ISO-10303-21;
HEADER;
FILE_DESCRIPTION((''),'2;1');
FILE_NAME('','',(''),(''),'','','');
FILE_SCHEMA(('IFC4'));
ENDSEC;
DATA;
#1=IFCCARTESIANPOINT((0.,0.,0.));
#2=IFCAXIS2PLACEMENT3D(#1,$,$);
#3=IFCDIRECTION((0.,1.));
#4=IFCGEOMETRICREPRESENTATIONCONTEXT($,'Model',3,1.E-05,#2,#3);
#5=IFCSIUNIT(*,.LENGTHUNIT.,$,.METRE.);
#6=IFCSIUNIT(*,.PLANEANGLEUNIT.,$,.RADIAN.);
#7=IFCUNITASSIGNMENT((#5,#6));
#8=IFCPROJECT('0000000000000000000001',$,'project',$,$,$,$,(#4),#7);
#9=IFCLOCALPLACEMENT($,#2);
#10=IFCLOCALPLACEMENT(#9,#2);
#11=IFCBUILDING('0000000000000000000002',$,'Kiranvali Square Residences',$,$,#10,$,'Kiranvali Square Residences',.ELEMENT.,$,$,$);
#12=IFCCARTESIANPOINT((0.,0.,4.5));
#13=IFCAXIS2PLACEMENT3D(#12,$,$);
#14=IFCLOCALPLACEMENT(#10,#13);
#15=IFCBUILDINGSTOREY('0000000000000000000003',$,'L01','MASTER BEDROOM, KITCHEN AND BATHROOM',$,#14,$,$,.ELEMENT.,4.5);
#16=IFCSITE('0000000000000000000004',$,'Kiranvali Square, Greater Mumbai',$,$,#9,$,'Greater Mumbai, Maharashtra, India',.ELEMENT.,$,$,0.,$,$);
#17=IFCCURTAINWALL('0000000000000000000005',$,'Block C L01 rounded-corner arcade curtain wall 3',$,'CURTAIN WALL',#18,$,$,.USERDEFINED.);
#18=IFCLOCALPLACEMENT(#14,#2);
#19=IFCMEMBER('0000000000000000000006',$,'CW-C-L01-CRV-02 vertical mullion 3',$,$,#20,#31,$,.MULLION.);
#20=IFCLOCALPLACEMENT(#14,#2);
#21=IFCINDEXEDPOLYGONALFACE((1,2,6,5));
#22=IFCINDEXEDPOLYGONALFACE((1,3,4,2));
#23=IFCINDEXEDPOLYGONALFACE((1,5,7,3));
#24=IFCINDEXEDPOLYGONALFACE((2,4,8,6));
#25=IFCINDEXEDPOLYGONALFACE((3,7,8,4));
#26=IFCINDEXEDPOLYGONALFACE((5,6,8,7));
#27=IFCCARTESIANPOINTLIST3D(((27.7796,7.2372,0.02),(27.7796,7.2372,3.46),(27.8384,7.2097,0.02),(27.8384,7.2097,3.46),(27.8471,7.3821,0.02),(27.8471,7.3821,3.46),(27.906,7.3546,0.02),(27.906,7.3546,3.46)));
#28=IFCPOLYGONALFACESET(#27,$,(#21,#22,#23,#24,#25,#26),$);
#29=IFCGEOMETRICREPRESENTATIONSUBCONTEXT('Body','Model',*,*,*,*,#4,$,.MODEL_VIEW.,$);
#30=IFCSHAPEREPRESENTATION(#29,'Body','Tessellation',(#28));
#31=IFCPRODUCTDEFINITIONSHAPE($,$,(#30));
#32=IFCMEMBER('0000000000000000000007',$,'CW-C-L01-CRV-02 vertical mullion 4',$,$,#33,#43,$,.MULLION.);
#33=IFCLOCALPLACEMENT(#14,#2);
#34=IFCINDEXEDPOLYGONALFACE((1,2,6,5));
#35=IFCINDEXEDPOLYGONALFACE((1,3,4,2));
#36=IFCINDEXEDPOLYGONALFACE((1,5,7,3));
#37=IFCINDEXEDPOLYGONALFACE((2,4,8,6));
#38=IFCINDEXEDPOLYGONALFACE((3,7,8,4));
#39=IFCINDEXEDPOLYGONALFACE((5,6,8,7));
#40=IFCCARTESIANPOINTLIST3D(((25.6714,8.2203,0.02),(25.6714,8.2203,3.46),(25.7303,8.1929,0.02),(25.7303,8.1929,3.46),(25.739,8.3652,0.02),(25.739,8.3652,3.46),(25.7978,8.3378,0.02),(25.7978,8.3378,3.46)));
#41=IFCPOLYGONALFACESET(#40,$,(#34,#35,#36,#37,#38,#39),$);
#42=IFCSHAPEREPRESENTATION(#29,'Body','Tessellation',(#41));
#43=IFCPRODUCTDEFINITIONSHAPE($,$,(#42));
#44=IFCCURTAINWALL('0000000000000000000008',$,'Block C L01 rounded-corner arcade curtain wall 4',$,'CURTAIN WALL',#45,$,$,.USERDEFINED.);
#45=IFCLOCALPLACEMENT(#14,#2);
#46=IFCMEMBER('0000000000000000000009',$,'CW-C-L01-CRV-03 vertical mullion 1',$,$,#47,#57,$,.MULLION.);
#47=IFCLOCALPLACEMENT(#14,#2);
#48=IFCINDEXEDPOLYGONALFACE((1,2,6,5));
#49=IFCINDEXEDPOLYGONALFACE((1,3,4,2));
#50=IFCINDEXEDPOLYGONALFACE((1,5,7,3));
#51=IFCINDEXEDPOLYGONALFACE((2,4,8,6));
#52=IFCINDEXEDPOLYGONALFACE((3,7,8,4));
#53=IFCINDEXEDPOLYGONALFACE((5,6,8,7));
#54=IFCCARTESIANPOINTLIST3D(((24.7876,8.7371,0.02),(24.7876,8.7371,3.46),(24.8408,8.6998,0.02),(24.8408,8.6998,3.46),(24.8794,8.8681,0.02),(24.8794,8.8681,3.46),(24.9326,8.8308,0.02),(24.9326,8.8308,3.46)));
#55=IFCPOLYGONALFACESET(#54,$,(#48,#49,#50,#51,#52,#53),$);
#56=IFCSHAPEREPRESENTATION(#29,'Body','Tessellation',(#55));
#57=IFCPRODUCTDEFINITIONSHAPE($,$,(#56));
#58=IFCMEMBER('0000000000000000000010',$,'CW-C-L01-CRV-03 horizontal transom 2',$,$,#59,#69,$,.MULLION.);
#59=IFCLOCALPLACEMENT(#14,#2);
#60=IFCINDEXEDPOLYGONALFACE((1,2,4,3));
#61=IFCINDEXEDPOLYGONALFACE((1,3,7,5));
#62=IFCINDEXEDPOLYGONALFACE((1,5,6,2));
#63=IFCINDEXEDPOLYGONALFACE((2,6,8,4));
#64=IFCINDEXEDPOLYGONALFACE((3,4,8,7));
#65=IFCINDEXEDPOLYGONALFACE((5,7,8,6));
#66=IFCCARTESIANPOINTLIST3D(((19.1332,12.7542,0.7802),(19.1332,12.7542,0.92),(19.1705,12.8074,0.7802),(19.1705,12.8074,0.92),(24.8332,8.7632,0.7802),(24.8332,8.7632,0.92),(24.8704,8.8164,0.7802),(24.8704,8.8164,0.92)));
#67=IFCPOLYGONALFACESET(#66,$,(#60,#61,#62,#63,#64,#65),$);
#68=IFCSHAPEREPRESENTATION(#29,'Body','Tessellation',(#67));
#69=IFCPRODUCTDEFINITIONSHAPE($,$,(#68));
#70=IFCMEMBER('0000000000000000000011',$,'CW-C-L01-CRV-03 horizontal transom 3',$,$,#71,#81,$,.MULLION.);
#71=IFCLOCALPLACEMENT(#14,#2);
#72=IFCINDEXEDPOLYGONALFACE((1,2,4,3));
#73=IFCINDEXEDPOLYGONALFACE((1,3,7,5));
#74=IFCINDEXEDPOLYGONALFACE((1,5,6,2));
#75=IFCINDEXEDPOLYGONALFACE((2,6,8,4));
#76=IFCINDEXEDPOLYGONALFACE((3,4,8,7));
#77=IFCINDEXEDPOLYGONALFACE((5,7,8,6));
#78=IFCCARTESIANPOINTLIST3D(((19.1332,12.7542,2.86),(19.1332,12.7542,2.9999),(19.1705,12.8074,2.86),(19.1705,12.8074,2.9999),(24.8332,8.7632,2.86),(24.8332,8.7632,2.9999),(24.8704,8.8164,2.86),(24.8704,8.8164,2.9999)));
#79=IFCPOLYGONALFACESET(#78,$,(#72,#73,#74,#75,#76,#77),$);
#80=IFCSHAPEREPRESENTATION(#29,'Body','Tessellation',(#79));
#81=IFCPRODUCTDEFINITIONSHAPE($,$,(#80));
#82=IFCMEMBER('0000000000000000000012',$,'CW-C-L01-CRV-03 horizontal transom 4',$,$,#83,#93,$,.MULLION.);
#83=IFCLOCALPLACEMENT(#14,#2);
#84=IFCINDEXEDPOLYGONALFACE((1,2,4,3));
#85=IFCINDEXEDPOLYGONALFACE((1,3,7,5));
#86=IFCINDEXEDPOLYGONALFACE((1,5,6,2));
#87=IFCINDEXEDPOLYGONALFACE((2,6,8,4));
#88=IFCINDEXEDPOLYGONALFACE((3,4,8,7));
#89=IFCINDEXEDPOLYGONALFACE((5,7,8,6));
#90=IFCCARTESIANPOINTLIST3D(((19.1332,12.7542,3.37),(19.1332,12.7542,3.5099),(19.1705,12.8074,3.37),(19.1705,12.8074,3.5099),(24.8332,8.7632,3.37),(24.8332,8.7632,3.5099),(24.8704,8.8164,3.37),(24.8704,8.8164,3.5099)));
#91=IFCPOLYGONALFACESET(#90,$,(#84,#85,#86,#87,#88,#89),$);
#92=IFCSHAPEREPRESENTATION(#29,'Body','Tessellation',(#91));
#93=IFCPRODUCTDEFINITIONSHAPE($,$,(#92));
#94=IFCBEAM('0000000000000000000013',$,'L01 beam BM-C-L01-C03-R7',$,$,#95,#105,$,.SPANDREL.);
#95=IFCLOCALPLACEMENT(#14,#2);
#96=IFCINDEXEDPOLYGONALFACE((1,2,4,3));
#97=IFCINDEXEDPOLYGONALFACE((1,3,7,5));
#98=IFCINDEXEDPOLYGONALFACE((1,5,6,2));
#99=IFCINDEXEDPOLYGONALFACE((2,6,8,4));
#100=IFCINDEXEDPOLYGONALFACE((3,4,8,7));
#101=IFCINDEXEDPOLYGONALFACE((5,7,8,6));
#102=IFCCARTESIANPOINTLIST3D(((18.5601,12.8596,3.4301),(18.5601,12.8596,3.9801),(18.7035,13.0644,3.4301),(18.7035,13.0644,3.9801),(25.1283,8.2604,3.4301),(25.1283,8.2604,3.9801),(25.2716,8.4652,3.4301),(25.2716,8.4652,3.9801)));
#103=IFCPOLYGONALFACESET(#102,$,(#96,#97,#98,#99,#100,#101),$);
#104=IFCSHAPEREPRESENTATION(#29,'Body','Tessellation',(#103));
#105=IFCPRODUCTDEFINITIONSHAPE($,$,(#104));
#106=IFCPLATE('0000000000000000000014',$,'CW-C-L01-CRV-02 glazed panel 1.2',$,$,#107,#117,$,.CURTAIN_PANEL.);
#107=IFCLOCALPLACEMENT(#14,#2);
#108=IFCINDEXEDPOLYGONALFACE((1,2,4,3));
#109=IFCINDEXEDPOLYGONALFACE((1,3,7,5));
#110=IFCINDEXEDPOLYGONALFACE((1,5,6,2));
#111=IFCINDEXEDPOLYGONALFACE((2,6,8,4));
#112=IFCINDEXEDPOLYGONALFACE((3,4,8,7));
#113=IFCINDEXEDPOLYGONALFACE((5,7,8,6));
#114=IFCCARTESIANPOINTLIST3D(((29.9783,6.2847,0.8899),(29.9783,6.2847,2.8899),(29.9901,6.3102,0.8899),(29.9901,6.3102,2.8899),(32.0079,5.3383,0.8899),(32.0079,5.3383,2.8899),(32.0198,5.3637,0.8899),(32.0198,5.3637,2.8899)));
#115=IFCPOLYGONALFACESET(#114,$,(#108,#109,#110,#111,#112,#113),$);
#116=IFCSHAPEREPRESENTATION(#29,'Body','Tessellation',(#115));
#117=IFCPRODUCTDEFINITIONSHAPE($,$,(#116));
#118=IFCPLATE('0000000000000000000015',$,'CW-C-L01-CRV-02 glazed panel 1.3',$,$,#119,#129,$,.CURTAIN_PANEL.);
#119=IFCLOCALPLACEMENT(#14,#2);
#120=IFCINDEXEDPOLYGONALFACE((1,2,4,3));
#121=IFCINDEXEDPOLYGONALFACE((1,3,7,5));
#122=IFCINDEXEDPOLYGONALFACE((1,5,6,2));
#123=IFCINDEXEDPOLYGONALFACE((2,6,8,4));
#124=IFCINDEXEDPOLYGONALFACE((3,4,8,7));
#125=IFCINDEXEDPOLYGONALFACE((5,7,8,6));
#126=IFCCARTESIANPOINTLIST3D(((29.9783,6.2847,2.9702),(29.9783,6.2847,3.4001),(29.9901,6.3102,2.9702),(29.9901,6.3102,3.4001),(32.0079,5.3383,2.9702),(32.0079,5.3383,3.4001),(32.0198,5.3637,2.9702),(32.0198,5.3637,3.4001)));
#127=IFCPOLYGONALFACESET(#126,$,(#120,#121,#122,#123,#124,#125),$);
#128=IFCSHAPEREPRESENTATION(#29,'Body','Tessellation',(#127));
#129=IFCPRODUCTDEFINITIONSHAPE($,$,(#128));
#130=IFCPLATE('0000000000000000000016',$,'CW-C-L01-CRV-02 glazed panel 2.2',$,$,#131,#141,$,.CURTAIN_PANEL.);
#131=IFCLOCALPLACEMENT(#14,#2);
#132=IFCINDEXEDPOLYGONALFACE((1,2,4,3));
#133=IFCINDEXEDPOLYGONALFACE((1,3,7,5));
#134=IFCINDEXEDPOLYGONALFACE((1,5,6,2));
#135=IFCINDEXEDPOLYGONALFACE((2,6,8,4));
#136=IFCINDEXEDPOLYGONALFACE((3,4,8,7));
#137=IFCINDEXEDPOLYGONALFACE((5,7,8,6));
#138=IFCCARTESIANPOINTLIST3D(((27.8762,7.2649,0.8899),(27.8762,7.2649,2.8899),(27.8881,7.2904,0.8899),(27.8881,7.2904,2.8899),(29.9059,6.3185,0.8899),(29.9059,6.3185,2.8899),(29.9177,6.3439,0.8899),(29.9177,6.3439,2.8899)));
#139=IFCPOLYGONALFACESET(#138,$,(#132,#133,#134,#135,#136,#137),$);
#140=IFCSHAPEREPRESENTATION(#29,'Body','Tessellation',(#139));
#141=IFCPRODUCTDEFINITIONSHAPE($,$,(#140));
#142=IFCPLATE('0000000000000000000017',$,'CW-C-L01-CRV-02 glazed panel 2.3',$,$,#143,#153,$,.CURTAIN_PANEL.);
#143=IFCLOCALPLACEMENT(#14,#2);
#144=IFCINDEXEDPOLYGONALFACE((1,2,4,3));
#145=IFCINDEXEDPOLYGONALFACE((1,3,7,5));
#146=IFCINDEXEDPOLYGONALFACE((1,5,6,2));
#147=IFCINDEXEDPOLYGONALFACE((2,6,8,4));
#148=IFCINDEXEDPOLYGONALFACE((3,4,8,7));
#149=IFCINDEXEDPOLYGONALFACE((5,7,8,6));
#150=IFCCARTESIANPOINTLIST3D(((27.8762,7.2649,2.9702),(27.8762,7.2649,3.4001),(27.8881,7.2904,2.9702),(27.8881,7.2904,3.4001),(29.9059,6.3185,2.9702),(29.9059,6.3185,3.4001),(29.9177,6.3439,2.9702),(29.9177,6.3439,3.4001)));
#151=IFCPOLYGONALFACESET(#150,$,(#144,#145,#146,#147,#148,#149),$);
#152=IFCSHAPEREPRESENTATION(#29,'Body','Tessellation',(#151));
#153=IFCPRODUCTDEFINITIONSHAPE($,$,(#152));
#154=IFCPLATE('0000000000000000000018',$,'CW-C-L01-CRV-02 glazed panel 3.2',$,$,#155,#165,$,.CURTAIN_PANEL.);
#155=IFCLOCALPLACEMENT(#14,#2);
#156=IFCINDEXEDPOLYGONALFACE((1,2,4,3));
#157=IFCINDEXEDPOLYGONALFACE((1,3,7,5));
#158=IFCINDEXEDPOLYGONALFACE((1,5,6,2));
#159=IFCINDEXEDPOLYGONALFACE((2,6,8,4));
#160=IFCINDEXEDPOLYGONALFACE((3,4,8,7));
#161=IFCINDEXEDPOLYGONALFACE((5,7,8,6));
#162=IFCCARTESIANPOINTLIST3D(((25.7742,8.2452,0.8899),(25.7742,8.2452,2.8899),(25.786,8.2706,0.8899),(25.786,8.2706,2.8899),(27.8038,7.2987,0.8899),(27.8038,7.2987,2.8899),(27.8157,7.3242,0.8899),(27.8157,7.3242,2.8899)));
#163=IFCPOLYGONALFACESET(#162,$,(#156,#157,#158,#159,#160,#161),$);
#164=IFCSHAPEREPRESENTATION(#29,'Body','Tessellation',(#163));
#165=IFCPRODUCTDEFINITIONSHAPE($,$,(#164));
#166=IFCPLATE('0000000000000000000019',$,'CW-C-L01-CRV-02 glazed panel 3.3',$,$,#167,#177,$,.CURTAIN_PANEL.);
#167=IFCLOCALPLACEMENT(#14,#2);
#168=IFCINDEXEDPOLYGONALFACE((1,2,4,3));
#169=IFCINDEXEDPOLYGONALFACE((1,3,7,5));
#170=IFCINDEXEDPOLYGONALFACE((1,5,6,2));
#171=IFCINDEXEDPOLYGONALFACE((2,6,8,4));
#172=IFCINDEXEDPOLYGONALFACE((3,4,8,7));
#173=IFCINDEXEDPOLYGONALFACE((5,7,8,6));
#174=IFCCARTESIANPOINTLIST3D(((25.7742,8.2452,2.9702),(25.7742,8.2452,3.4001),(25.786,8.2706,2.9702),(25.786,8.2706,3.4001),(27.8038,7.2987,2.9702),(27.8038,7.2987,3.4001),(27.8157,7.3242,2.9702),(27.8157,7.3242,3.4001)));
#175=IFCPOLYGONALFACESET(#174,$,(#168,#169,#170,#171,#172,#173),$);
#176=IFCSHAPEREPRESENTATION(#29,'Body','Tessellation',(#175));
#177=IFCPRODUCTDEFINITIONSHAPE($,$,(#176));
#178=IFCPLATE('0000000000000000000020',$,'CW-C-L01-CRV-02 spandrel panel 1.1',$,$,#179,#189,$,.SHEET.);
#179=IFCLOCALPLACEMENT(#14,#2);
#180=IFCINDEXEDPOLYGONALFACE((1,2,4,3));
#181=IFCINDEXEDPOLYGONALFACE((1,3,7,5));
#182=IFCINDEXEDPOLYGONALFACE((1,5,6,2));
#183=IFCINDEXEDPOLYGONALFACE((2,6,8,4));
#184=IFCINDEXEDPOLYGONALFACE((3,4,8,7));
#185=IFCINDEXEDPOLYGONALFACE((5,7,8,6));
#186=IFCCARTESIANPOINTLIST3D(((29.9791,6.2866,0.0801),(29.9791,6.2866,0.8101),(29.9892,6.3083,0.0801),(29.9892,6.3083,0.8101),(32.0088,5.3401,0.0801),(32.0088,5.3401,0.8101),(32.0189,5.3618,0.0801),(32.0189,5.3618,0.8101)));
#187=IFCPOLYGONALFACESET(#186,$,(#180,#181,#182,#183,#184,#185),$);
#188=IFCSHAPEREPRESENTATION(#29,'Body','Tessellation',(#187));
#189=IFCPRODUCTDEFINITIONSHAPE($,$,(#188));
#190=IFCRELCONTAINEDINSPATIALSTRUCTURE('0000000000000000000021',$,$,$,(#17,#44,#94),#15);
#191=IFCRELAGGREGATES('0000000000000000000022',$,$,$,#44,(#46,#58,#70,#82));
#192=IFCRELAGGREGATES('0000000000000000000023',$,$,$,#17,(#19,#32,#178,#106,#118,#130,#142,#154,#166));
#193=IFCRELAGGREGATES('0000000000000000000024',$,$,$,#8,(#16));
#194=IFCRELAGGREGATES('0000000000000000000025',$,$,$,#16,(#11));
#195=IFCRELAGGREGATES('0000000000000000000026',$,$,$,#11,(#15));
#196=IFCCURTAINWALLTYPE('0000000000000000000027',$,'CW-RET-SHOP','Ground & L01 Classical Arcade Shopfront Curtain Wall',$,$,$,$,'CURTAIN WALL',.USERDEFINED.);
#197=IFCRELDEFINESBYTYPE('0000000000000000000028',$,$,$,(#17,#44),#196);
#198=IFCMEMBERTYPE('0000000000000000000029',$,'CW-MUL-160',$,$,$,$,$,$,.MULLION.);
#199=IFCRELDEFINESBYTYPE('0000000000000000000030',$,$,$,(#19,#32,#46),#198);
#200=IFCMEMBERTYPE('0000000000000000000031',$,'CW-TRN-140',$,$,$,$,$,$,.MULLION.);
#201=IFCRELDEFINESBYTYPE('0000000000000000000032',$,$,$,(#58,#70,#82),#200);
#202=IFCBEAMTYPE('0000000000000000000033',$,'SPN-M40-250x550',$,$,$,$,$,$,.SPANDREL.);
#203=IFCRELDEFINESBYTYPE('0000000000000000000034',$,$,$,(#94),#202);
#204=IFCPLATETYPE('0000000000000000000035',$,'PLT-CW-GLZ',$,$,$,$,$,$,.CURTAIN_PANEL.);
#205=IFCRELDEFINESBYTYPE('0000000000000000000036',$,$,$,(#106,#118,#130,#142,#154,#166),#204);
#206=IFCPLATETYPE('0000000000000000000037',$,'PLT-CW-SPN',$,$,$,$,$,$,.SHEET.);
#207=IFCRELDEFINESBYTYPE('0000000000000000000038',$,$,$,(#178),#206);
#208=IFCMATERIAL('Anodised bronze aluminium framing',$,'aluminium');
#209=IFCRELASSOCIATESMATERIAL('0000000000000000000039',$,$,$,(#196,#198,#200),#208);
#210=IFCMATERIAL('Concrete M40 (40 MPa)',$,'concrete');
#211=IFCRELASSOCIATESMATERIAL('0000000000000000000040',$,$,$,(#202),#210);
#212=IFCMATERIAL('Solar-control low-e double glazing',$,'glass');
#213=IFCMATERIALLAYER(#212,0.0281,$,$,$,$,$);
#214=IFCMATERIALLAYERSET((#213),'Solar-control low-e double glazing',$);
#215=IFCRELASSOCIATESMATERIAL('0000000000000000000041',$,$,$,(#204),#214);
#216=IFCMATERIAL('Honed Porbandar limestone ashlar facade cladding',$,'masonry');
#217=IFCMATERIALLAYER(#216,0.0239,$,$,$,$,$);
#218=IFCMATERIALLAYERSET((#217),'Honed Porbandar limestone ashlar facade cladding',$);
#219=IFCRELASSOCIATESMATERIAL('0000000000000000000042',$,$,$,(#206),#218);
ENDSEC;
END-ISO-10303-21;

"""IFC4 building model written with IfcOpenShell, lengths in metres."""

from ifc_helpers import new_model, si_unit, direction, frame, origin, origin_2d, place, context, subcontext, project, spatial, rectangle, extrude, material, layer, layer_set, material_profile, profile_set, type_object, element, aggregate, save


model = new_model("IFC4")

# Units and contexts
model_context = context("Model", 3, precision=1e-05, world=origin(), true_north=direction((0.0, 1.0)))
body_context = subcontext(model_context, "Body", "Model", "MODEL_VIEW")
ifc_project = project(units=[si_unit("LENGTHUNIT", "METRE"), si_unit("PLANEANGLEUNIT", "RADIAN")], contexts=[model_context])

# Site, building, storey
site_placement = place(None, origin())
site = spatial("IfcSite", under=ifc_project, at=site_placement, Name="Kiranvali Square, Greater Mumbai", LongName="Greater Mumbai, Maharashtra, India", CompositionType="ELEMENT", RefElevation=0.0)
building_placement = place(site_placement, origin())
building = spatial("IfcBuilding", under=site, at=building_placement, Name="Kiranvali Square Residences", LongName="Kiranvali Square Residences", CompositionType="ELEMENT")
storey_placement = place(building_placement, frame((0.0, 0.0, 4.5)))
storey = spatial("IfcBuildingStorey", under=building, at=storey_placement, Name="L01", Description="MASTER BEDROOM, KITCHEN AND BATHROOM", CompositionType="ELEMENT", Elevation=4.5)

# Shared definitions
ifc_material_1 = material(Name="Concrete M40 (40 MPa)", Category="concrete")

# Curtain walls, members
ifc_material_2 = material(Name="Anodised bronze aluminium framing", Category="aluminium")
curtain_wall_type = type_object("IfcCurtainWallType", Name="CW-RET-SHOP", Description="Ground & L01 Classical Arcade Shopfront Curtain Wall", ElementType="CURTAIN WALL", PredefinedType="USERDEFINED", material=ifc_material_2)
curtain_wall_1_placement = place(storey_placement, origin())
curtain_wall_1 = element("IfcCurtainWall", 1, at=curtain_wall_1_placement, inside=storey, type_object=curtain_wall_type, Name="Block C L01 rounded-corner arcade curtain wall 3", ObjectType="CURTAIN WALL", PredefinedType="USERDEFINED")
ifc_material_profile_1 = material_profile(ifc_material_2, rectangle(XDim=0.0649, YDim=0.1599, at=origin_2d()), Name="ALU 65x160")
ifc_profile_set_1 = profile_set([ifc_material_profile_1], Name="Anodised bronze aluminium framing")
member_type_1 = type_object("IfcMemberType", Name="CW-MUL-160", PredefinedType="MULLION", material=ifc_profile_set_1)
member_1_placement = place(storey_placement, frame((27.8428, 7.2959, 0.02), z_axis=(0.0, 0.0, 1.0), x_axis=(-0.906308, 0.422618, 0.0)))
member_1 = element("IfcMember", 2, at=member_1_placement, type_object=member_type_1, Name="CW-C-L01-CRV-02 vertical mullion 3", PredefinedType="MULLION", context=body_context, shape_type="SweptSolid", body=[
    extrude(rectangle(XDim=0.0649, YDim=0.1599, at=origin_2d()), origin(), (0.0, 0.0, 1.0), 3.4399),
])
member_2_placement = place(storey_placement, frame((25.7346, 8.2791, 0.02), z_axis=(0.0, 0.0, 1.0), x_axis=(-0.906308, 0.422618, 0.0)))
member_2 = element("IfcMember", 3, at=member_2_placement, type_object=member_type_1, Name="CW-C-L01-CRV-02 vertical mullion 4", PredefinedType="MULLION", context=body_context, shape_type="SweptSolid", body=[
    extrude(rectangle(XDim=0.0649, YDim=0.1599, at=origin_2d()), origin(), (0.0, 0.0, 1.0), 3.4399),
])
curtain_wall_2_placement = place(storey_placement, origin())
curtain_wall_2 = element("IfcCurtainWall", 4, at=curtain_wall_2_placement, inside=storey, type_object=curtain_wall_type, Name="Block C L01 rounded-corner arcade curtain wall 4", ObjectType="CURTAIN WALL", PredefinedType="USERDEFINED")
member_3_placement = place(storey_placement, frame((24.8601, 8.7839, 0.02), z_axis=(0.0, 0.0, 1.0), x_axis=(-0.819152, 0.573576, 0.0)))
member_3 = element("IfcMember", 5, at=member_3_placement, type_object=member_type_1, Name="CW-C-L01-CRV-03 vertical mullion 1", PredefinedType="MULLION", context=body_context, shape_type="SweptSolid", body=[
    extrude(rectangle(XDim=0.0649, YDim=0.1599, at=origin_2d()), origin(), (0.0, 0.0, 1.0), 3.4399),
])
ifc_material_profile_2 = material_profile(ifc_material_2, rectangle(XDim=0.0649, YDim=0.1399, at=origin_2d()), Name="ALU 65x140")
ifc_profile_set_2 = profile_set([ifc_material_profile_2], Name="Anodised bronze aluminium framing")
member_type_2 = type_object("IfcMemberType", Name="CW-TRN-140", PredefinedType="MULLION", material=ifc_profile_set_2)
member_4_placement = place(storey_placement, frame((24.8518, 8.7898, 0.8501), z_axis=(-0.819164, 0.573559, 0.0), x_axis=(-0.573559, -0.819164, 0.0)))
member_4 = element("IfcMember", 6, at=member_4_placement, type_object=member_type_2, Name="CW-C-L01-CRV-03 horizontal transom 2", PredefinedType="MULLION", context=body_context, shape_type="SweptSolid", body=[
    extrude(rectangle(XDim=0.0649, YDim=0.1399, at=origin_2d()), origin(), (0.0, 0.0, 1.0), 6.9583),
])
member_5_placement = place(storey_placement, frame((24.8518, 8.7898, 2.9299), z_axis=(-0.819164, 0.573559, 0.0), x_axis=(-0.573559, -0.819164, 0.0)))
member_5 = element("IfcMember", 7, at=member_5_placement, type_object=member_type_2, Name="CW-C-L01-CRV-03 horizontal transom 3", PredefinedType="MULLION", context=body_context, shape_type="SweptSolid", body=[
    extrude(rectangle(XDim=0.0649, YDim=0.1399, at=origin_2d()), origin(), (0.0, 0.0, 1.0), 6.9583),
])
member_6_placement = place(storey_placement, frame((24.8518, 8.7898, 3.4399), z_axis=(-0.819164, 0.573559, 0.0), x_axis=(-0.573559, -0.819164, 0.0)))
member_6 = element("IfcMember", 8, at=member_6_placement, type_object=member_type_2, Name="CW-C-L01-CRV-03 horizontal transom 4", PredefinedType="MULLION", context=body_context, shape_type="SweptSolid", body=[
    extrude(rectangle(XDim=0.0649, YDim=0.1399, at=origin_2d()), origin(), (0.0, 0.0, 1.0), 6.9583),
])
aggregate(curtain_wall_2, [member_3, member_4, member_5, member_6])

# Beam
ifc_material_profile_3 = material_profile(ifc_material_1, rectangle(XDim=0.25, YDim=0.55, at=origin_2d()), Name="RC 250x550")
ifc_profile_set_3 = profile_set([ifc_material_profile_3], Name="Concrete M40 (40 MPa)")
beam_type_1 = type_object("IfcBeamType", Name="SPN-M40-250x550", PredefinedType="SPANDREL", material=ifc_profile_set_3)
beam_1_placement = place(storey_placement, frame((25.2, 8.3628, 3.7051), z_axis=(-0.819148, 0.573583, 0.0), x_axis=(-0.573583, -0.819148, 0.0)))
element("IfcBeam", 9, at=beam_1_placement, inside=storey, type_object=beam_type_1, Name="L01 beam BM-C-L01-C03-R7", PredefinedType="SPANDREL", context=body_context, shape_type="SweptSolid", body=[
    extrude(rectangle(XDim=0.25, YDim=0.55, at=origin_2d()), origin(), (0.0, 0.0, 1.0), 8.0183),
])

# Plates
ifc_material_3 = material(Name="Solar-control low-e double glazing", Category="glass")
ifc_layer_1 = layer(ifc_material_3, 0.0281)
ifc_layer_set_1 = layer_set([ifc_layer_1], Name="Solar-control low-e double glazing")
plate_type_1 = type_object("IfcPlateType", Name="PLT-CW-GLZ", PredefinedType="CURTAIN_PANEL", material=ifc_layer_set_1)
plate_1_placement = place(storey_placement, frame((30.999, 5.8242, 0.8899), z_axis=(0.0, 0.0, 1.0), x_axis=(-0.906308, 0.422618, 0.0)))
plate_1 = element("IfcPlate", 10, at=plate_1_placement, type_object=plate_type_1, Name="CW-C-L01-CRV-02 glazed panel 1.2", PredefinedType="CURTAIN_PANEL", context=body_context, shape_type="SweptSolid", body=[
    extrude(rectangle(XDim=2.2395, YDim=0.0281, at=origin_2d()), origin(), (0.0, 0.0, 1.0), 2.0),
])
plate_2_placement = place(storey_placement, frame((30.999, 5.8242, 2.9702), z_axis=(0.0, 0.0, 1.0), x_axis=(-0.906308, 0.422618, 0.0)))
plate_2 = element("IfcPlate", 11, at=plate_2_placement, type_object=plate_type_1, Name="CW-C-L01-CRV-02 glazed panel 1.3", PredefinedType="CURTAIN_PANEL", context=body_context, shape_type="SweptSolid", body=[
    extrude(rectangle(XDim=2.2395, YDim=0.0281, at=origin_2d()), origin(), (0.0, 0.0, 1.0), 0.4299),
])
plate_3_placement = place(storey_placement, frame((28.897, 6.8044, 0.8899), z_axis=(0.0, 0.0, 1.0), x_axis=(-0.906308, 0.422618, 0.0)))
plate_3 = element("IfcPlate", 12, at=plate_3_placement, type_object=plate_type_1, Name="CW-C-L01-CRV-02 glazed panel 2.2", PredefinedType="CURTAIN_PANEL", context=body_context, shape_type="SweptSolid", body=[
    extrude(rectangle(XDim=2.2395, YDim=0.0281, at=origin_2d()), origin(), (0.0, 0.0, 1.0), 2.0),
])
plate_4_placement = place(storey_placement, frame((28.897, 6.8044, 2.9702), z_axis=(0.0, 0.0, 1.0), x_axis=(-0.906308, 0.422618, 0.0)))
plate_4 = element("IfcPlate", 13, at=plate_4_placement, type_object=plate_type_1, Name="CW-C-L01-CRV-02 glazed panel 2.3", PredefinedType="CURTAIN_PANEL", context=body_context, shape_type="SweptSolid", body=[
    extrude(rectangle(XDim=2.2395, YDim=0.0281, at=origin_2d()), origin(), (0.0, 0.0, 1.0), 0.4299),
])
plate_5_placement = place(storey_placement, frame((26.7949, 7.7847, 0.8899), z_axis=(0.0, 0.0, 1.0), x_axis=(-0.906308, 0.422618, 0.0)))
plate_5 = element("IfcPlate", 14, at=plate_5_placement, type_object=plate_type_1, Name="CW-C-L01-CRV-02 glazed panel 3.2", PredefinedType="CURTAIN_PANEL", context=body_context, shape_type="SweptSolid", body=[
    extrude(rectangle(XDim=2.2395, YDim=0.0281, at=origin_2d()), origin(), (0.0, 0.0, 1.0), 2.0),
])
plate_6_placement = place(storey_placement, frame((26.7949, 7.7847, 2.9702), z_axis=(0.0, 0.0, 1.0), x_axis=(-0.906308, 0.422618, 0.0)))
plate_6 = element("IfcPlate", 15, at=plate_6_placement, type_object=plate_type_1, Name="CW-C-L01-CRV-02 glazed panel 3.3", PredefinedType="CURTAIN_PANEL", context=body_context, shape_type="SweptSolid", body=[
    extrude(rectangle(XDim=2.2395, YDim=0.0281, at=origin_2d()), origin(), (0.0, 0.0, 1.0), 0.4299),
])
ifc_material_4 = material(Name="Honed Porbandar limestone ashlar facade cladding", Category="masonry")
ifc_layer_2 = layer(ifc_material_4, 0.0239)
ifc_layer_set_2 = layer_set([ifc_layer_2], Name="Honed Porbandar limestone ashlar facade cladding")
plate_type_2 = type_object("IfcPlateType", Name="PLT-CW-SPN", PredefinedType="SHEET", material=ifc_layer_set_2)
plate_7_placement = place(storey_placement, frame((30.999, 5.8242, 0.0801), z_axis=(0.0, 0.0, 1.0), x_axis=(-0.906308, 0.422618, 0.0)))
plate_7 = element("IfcPlate", 16, at=plate_7_placement, type_object=plate_type_2, Name="CW-C-L01-CRV-02 spandrel panel 1.1", PredefinedType="SHEET", context=body_context, shape_type="SweptSolid", body=[
    extrude(rectangle(XDim=2.2395, YDim=0.0239, at=origin_2d()), origin(), (0.0, 0.0, 1.0), 0.73),
])
aggregate(curtain_wall_1, [member_1, member_2, plate_7, plate_1, plate_2, plate_3, plate_4, plate_5, plate_6])

save(model, "model.ifc")
